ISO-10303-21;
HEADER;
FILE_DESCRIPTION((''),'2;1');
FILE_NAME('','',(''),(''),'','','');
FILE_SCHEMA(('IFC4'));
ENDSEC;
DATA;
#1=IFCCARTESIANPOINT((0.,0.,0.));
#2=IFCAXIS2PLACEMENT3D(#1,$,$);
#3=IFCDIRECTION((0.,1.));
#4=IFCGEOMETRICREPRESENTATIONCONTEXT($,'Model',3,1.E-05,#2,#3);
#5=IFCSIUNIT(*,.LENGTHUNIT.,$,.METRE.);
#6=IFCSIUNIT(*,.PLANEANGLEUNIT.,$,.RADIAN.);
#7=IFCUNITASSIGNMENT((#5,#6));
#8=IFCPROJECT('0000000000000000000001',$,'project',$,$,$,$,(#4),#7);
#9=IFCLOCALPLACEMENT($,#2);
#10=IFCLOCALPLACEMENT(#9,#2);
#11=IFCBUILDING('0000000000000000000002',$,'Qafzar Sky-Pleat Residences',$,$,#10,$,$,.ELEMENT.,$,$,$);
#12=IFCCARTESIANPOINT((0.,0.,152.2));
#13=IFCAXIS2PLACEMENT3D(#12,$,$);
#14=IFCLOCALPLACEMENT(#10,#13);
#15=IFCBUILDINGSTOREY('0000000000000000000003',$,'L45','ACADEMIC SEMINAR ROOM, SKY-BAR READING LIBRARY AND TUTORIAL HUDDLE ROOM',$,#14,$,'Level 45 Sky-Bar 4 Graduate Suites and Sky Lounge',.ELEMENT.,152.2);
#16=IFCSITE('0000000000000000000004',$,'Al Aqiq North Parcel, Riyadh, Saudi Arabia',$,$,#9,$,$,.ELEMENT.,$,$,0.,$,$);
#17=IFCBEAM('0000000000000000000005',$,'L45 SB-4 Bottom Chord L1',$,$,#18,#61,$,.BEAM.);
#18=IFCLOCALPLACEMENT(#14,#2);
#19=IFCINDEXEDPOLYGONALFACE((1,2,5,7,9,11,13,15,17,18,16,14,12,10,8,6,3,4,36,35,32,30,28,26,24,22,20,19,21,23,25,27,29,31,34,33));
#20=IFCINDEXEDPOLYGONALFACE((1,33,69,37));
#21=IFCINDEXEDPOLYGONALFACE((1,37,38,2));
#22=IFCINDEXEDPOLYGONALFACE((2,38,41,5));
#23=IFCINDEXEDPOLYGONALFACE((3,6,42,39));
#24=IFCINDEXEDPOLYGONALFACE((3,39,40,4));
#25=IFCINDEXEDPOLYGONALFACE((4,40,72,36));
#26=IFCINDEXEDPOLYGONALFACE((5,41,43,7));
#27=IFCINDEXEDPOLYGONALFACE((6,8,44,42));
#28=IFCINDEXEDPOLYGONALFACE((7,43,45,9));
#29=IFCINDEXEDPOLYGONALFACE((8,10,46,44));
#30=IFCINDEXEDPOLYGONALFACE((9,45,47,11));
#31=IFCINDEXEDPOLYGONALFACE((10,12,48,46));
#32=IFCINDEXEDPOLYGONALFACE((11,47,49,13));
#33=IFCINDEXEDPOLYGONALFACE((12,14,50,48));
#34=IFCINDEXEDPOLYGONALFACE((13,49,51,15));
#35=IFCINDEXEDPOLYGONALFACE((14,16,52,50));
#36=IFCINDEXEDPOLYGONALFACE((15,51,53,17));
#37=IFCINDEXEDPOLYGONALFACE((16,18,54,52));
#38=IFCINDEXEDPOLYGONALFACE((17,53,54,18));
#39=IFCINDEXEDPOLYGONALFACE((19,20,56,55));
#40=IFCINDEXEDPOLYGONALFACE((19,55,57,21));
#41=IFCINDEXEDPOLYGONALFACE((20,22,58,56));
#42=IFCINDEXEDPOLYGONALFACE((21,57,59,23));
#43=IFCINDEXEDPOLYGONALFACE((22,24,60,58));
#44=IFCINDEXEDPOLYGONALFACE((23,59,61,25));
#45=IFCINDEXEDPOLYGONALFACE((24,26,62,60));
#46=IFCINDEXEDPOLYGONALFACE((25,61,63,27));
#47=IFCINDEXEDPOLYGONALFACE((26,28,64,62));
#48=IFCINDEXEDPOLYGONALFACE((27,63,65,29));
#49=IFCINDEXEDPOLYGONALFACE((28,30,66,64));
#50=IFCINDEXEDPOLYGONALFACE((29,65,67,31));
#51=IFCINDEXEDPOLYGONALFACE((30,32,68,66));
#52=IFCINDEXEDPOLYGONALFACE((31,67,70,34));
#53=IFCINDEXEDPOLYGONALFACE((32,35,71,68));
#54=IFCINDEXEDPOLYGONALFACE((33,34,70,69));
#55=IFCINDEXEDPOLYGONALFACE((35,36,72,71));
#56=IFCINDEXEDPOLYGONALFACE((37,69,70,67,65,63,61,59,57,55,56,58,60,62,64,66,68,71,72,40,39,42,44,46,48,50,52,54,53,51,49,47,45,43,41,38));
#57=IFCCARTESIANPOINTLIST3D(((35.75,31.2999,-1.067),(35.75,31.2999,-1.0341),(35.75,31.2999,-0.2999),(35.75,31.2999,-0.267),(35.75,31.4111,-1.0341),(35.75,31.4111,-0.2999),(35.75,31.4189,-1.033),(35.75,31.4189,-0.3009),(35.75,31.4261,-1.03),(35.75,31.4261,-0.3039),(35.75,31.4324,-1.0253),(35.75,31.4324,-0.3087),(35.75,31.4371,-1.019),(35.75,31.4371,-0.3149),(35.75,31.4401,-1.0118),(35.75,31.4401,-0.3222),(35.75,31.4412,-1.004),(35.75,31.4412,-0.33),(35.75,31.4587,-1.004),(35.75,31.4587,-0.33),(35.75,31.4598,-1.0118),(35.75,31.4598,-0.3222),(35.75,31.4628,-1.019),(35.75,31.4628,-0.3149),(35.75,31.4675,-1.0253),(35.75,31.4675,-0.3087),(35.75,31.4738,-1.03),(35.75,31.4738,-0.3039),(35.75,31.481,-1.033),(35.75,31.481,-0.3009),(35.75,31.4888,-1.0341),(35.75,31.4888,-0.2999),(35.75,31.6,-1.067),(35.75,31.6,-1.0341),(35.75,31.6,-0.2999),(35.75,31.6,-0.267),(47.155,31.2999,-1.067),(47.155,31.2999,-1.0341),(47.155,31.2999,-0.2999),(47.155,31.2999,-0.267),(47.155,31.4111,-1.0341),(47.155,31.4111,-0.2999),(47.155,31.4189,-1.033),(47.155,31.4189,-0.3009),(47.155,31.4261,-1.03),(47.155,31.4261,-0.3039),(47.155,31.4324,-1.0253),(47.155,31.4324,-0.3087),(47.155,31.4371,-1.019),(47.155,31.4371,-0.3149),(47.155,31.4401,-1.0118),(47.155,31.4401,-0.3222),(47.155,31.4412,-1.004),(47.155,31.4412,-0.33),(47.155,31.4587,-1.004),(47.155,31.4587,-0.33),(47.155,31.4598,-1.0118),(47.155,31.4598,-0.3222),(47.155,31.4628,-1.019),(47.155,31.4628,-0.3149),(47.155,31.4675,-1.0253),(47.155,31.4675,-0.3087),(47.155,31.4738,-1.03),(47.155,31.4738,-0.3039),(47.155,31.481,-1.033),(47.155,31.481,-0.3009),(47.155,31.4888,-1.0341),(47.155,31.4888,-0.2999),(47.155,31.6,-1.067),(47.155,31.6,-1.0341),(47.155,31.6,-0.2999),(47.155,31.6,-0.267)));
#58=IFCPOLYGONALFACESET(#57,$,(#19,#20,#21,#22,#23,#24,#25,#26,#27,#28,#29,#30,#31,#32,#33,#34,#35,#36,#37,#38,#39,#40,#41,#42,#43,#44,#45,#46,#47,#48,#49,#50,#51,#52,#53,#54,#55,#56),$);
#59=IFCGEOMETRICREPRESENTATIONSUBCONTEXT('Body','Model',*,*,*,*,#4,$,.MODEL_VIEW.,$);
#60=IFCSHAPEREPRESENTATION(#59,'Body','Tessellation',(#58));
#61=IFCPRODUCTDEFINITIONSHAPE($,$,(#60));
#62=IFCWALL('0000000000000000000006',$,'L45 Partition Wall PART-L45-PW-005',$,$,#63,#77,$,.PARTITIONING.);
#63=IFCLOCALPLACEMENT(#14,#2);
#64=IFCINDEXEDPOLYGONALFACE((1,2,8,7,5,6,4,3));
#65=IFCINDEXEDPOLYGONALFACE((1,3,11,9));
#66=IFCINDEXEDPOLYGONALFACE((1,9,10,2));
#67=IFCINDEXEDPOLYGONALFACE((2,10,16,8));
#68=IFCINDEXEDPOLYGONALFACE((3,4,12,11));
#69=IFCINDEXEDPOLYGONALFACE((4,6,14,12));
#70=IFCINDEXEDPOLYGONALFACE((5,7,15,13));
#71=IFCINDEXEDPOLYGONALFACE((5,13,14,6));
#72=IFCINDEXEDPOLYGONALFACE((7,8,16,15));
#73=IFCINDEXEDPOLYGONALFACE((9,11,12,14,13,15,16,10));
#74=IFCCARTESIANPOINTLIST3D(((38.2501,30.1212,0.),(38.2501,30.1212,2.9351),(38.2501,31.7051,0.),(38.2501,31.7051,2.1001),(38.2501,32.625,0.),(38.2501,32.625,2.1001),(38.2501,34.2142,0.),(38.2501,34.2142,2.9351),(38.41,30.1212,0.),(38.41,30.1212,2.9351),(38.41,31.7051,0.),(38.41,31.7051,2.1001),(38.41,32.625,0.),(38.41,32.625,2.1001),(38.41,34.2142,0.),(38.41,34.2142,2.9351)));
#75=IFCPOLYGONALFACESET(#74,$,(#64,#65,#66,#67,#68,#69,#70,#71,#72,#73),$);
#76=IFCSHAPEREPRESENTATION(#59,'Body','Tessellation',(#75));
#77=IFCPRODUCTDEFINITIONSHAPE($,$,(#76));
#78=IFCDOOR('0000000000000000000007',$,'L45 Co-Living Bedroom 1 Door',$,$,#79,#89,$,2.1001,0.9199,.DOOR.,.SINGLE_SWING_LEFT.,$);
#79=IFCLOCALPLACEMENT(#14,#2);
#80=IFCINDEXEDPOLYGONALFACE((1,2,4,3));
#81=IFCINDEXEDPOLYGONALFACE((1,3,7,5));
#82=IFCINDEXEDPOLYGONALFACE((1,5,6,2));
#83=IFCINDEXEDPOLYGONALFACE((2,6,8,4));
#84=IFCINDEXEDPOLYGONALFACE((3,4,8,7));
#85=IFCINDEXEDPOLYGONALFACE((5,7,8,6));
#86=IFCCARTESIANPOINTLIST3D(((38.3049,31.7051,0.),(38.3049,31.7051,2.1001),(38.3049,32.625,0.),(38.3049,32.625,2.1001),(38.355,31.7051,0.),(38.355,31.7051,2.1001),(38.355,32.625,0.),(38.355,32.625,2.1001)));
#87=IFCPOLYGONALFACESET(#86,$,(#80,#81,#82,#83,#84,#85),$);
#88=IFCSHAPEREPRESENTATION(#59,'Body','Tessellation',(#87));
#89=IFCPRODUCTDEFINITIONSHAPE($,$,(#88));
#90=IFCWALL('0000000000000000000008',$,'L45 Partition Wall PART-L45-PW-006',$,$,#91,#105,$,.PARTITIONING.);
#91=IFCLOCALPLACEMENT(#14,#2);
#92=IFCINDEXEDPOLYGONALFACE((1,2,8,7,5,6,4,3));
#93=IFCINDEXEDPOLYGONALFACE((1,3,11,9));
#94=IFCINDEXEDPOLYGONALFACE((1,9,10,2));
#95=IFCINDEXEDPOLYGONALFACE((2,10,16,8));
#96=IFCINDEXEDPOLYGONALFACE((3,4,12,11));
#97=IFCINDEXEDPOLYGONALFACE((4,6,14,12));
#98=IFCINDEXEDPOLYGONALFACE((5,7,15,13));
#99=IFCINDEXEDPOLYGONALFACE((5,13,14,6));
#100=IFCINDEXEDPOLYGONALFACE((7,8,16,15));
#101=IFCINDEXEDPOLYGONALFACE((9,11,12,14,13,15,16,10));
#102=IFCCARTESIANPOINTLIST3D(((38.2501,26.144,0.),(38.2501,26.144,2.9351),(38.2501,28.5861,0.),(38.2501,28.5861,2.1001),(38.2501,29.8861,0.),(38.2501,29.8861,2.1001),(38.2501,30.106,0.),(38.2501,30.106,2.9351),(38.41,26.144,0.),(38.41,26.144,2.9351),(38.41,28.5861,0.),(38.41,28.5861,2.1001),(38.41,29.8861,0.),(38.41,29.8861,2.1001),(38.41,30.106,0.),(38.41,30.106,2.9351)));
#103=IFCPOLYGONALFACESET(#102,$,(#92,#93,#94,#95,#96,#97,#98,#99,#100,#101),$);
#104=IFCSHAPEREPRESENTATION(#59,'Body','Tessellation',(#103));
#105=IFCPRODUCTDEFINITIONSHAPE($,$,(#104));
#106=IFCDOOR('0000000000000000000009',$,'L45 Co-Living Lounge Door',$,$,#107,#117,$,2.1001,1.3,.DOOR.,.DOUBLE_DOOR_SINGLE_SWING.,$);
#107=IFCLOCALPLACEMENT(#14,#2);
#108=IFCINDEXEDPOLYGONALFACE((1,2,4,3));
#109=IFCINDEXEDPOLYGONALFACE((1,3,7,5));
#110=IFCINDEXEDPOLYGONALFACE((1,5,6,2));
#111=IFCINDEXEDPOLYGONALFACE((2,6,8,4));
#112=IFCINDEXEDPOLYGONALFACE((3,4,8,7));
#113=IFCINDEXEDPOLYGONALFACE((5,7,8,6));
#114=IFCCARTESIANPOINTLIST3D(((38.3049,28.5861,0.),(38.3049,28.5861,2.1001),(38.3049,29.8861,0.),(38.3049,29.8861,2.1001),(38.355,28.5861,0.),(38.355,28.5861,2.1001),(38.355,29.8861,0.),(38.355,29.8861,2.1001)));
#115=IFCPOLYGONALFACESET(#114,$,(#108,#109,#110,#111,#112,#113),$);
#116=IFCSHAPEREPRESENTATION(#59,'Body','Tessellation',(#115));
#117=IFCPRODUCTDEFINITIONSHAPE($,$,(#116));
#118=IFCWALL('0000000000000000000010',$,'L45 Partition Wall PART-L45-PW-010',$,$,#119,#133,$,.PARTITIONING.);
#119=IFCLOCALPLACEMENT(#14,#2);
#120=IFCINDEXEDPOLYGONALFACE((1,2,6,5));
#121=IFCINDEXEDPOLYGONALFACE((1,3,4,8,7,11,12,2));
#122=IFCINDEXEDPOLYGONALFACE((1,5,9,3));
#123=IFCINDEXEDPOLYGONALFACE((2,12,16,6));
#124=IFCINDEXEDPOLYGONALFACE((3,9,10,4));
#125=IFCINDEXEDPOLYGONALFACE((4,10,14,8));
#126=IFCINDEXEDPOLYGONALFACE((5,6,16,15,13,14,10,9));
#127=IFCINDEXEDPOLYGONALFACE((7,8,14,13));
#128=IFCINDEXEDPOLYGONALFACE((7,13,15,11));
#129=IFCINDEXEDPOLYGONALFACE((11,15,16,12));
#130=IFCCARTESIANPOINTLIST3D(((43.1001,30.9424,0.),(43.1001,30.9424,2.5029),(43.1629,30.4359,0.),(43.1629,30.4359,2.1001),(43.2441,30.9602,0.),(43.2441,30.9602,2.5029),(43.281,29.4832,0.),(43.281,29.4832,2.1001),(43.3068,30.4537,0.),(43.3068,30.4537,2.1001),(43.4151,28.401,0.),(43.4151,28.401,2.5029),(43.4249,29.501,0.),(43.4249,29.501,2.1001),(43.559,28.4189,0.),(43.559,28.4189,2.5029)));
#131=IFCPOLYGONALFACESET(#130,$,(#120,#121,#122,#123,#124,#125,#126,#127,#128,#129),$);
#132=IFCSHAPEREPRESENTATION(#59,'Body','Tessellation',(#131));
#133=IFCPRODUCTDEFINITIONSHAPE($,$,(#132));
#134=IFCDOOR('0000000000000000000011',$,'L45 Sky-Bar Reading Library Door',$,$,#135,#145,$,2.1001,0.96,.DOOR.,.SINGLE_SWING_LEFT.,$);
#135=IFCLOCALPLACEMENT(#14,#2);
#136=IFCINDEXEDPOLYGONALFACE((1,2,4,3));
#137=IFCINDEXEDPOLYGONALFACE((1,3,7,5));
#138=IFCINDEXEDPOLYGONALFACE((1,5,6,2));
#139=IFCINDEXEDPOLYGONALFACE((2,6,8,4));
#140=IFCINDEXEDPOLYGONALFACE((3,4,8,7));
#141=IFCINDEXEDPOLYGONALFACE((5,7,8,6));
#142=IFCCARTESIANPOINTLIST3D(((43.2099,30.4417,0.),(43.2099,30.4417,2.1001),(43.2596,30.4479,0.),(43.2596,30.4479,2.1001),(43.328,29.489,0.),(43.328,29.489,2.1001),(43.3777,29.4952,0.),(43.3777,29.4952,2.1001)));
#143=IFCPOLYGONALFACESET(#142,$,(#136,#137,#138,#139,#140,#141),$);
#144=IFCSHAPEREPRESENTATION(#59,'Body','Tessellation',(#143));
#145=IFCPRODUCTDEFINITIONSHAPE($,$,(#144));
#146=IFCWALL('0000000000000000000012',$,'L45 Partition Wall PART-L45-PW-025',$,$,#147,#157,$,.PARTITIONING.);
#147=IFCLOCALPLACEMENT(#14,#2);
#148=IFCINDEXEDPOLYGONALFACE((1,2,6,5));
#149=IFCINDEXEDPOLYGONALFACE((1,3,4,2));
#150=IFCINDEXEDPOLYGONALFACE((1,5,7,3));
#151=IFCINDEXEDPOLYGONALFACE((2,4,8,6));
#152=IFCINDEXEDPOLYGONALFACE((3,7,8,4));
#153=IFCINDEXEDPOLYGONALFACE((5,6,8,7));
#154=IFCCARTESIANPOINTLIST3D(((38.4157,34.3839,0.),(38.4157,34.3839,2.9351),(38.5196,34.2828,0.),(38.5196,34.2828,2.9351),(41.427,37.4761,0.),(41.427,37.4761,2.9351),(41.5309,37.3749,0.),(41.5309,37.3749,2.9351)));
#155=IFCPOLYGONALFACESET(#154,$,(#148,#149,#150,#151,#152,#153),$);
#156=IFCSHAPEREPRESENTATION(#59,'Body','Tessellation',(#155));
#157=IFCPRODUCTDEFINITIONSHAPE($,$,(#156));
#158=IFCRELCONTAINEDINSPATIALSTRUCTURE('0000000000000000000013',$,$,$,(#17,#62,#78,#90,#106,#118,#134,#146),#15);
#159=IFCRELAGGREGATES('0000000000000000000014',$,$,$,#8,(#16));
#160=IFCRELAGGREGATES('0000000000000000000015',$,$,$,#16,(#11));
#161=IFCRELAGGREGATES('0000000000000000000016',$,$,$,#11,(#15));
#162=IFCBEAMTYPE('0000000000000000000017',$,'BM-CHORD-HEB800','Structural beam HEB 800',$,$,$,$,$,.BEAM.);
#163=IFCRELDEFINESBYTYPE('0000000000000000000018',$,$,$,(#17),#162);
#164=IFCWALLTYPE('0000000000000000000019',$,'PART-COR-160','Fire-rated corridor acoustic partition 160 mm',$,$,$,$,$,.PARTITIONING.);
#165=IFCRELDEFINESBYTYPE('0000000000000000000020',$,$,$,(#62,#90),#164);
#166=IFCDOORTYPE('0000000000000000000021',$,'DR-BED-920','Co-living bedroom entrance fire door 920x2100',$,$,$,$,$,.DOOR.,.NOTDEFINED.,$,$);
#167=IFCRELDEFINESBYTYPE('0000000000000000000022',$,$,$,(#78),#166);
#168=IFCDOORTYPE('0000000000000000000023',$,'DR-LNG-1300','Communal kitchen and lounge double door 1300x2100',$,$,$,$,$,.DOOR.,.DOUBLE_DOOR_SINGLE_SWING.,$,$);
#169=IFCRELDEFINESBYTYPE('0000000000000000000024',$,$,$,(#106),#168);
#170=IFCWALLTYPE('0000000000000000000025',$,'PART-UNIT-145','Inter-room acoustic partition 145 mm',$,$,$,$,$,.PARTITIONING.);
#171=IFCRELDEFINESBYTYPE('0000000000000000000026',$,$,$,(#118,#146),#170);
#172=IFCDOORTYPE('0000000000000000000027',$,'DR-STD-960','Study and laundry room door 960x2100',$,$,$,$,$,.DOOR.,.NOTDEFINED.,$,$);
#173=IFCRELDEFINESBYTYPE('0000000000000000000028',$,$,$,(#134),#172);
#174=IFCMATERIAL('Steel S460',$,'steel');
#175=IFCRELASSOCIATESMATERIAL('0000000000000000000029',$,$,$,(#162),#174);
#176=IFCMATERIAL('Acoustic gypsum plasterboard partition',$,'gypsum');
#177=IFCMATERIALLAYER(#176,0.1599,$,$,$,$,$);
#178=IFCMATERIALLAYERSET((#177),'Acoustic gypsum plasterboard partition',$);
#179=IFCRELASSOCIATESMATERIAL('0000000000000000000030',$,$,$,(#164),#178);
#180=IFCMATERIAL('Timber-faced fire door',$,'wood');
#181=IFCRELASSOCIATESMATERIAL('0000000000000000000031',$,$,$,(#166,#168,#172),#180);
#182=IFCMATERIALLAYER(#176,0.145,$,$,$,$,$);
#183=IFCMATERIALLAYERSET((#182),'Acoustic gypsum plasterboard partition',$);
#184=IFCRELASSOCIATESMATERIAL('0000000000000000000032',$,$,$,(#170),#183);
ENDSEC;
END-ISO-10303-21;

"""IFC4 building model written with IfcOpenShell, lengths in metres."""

from ifc_helpers import new_model, si_unit, direction, frame, frame_2d, origin, origin_2d, place, context, subcontext, project, spatial, rectangle, i_section, extrude, source, transform, mapped, material, layer, layer_set, material_profile, profile_set, type_object, element, fill, save


model = new_model("IFC4")

# Units and contexts
model_context = context("Model", 3, precision=1e-05, world=origin(), true_north=direction((0.0, 1.0)))
body_context = subcontext(model_context, "Body", "Model", "MODEL_VIEW")
ifc_project = project(units=[si_unit("LENGTHUNIT", "METRE"), si_unit("PLANEANGLEUNIT", "RADIAN")], contexts=[model_context])

# Site, building, storey
site_placement = place(None, origin())
site = spatial("IfcSite", under=ifc_project, at=site_placement, Name="Al Aqiq North Parcel, Riyadh, Saudi Arabia", CompositionType="ELEMENT", RefElevation=0.0)
building_placement = place(site_placement, origin())
building = spatial("IfcBuilding", under=site, at=building_placement, Name="Qafzar Sky-Pleat Residences", CompositionType="ELEMENT")
storey_placement = place(building_placement, frame((0.0, 0.0, 152.2)))
storey = spatial("IfcBuildingStorey", under=building, at=storey_placement, Name="L45", Description="ACADEMIC SEMINAR ROOM, SKY-BAR READING LIBRARY AND TUTORIAL HUDDLE ROOM", LongName="Level 45 Sky-Bar 4 Graduate Suites and Sky Lounge", CompositionType="ELEMENT", Elevation=152.2)

# Beam
ifc_material_1 = material(Name="Steel S460", Category="steel")
ifc_material_profile_1 = material_profile(ifc_material_1, i_section(OverallWidth=0.3, OverallDepth=0.8, WebThickness=0.0176, FlangeThickness=0.033, FilletRadius=0.03, at=origin_2d()), Name="HEB 800")
ifc_profile_set_1 = profile_set([ifc_material_profile_1], Name="Steel S460")
beam_type_1 = type_object("IfcBeamType", Name="BM-CHORD-HEB800", Description="Structural beam HEB 800", PredefinedType="BEAM", material=ifc_profile_set_1)
shared_shape_1 = source(origin(), body_context, "Body", "SweptSolid", [
    extrude(i_section(OverallWidth=0.3, OverallDepth=0.8, WebThickness=0.0176, FlangeThickness=0.033, FilletRadius=0.03, at=origin_2d()), origin(), (0.0, 0.0, 1.0), 11.405),
])
for number, where, z_axis, x_axis, name in (
    (1, (35.75, 31.45, -0.667), (1.0, 0.0, 0.0), (0.0, 1.0, 0.0), "L45 SB-4 Bottom Chord L1"),
):
    element("IfcBeam", number, at=place(storey_placement, frame(where, z_axis=z_axis, x_axis=x_axis)), inside=storey, type_object=beam_type_1, Name=name, PredefinedType="BEAM", context=body_context, shape_type="MappedRepresentation", body=[
        mapped(shared_shape_1, transform((0.0, 0.0, 0.0), x_axis=(1.0, 0.0, 0.0), y_axis=(0.0, 1.0, 0.0), z_axis=(0.0, 0.0, 1.0), scale=1.0)),
    ])

# Walls, openings, doors
ifc_material_2 = material(Name="Acoustic gypsum plasterboard partition", Category="gypsum")
ifc_layer_1 = layer(ifc_material_2, 0.1599)
ifc_layer_set_1 = layer_set([ifc_layer_1], Name="Acoustic gypsum plasterboard partition")
wall_type_1 = type_object("IfcWallType", Name="PART-COR-160", Description="Fire-rated corridor acoustic partition 160 mm", PredefinedType="PARTITIONING", material=ifc_layer_set_1)
wall_1_placement = place(storey_placement, frame((38.3301, 34.2141, 0.0), z_axis=(0.0, 0.0, 1.0), x_axis=(0.0, -1.0, 0.0)))
wall_1 = element("IfcWall", 2, at=wall_1_placement, inside=storey, type_object=wall_type_1, Name="L45 Partition Wall PART-L45-PW-005", PredefinedType="PARTITIONING", context=body_context, shape_type="SweptSolid", body=[
    extrude(rectangle(XDim=4.093, YDim=0.1599, at=frame_2d((2.0464, 0.0))), origin(), (0.0, 0.0, 1.0), 2.9351),
])
opening_1_placement = place(wall_1_placement, frame((1.5891, 0.0, 0.0)))
opening_1 = element("IfcOpeningElement", 3, at=opening_1_placement, cuts=wall_1, PredefinedType="OPENING", context=body_context, shape_type="SweptSolid", body=[
    extrude(rectangle(XDim=0.9199, YDim=2.1001, at=frame_2d((0.46, 1.05))), frame((0.0, 0.0898, 0.0), z_axis=(0.0, -1.0, 0.0), x_axis=(1.0, 0.0, 0.0)), (0.0, 0.0, 1.0), 0.1799),
])
ifc_material_3 = material(Name="Timber-faced fire door", Category="wood")
door_type_1 = type_object("IfcDoorType", Name="DR-BED-920", Description="Co-living bedroom entrance fire door 920x2100", OperationType="NOTDEFINED", PredefinedType="DOOR", material=ifc_material_3)
shared_shape_2 = source(origin(), body_context, "Body", "SweptSolid", [
    extrude(rectangle(XDim=0.9199, YDim=2.1001, at=frame_2d((0.46, 1.05))), frame((0.0, 0.0249, 0.0), z_axis=(0.0, -1.0, 0.0), x_axis=(1.0, 0.0, 0.0)), (0.0, 0.0, 1.0), 0.05),
])
door_1_placement = place(opening_1_placement, origin())
door_1 = element("IfcDoor", 4, at=door_1_placement, inside=storey, type_object=door_type_1, Name="L45 Co-Living Bedroom 1 Door", OperationType="SINGLE_SWING_LEFT", OverallHeight=2.1001, OverallWidth=0.9199, PredefinedType="DOOR", context=body_context, shape_type="MappedRepresentation", body=[
    mapped(shared_shape_2, transform((0.0, 0.0, 0.0), x_axis=(1.0, 0.0, 0.0), y_axis=(0.0, 1.0, 0.0), z_axis=(0.0, 0.0, 1.0), scale=1.0)),
])
fill(opening_1, door_1)
wall_2_placement = place(storey_placement, frame((38.3301, 30.106, 0.0), z_axis=(0.0, 0.0, 1.0), x_axis=(0.0, -1.0, 0.0)))
wall_2 = element("IfcWall", 5, at=wall_2_placement, inside=storey, type_object=wall_type_1, Name="L45 Partition Wall PART-L45-PW-006", PredefinedType="PARTITIONING", context=body_context, shape_type="SweptSolid", body=[
    extrude(rectangle(XDim=3.9619, YDim=0.1599, at=frame_2d((1.981, 0.0))), origin(), (0.0, 0.0, 1.0), 2.9351),
])
opening_2_placement = place(wall_2_placement, frame((0.22, 0.0, 0.0)))
opening_2 = element("IfcOpeningElement", 6, at=opening_2_placement, cuts=wall_2, PredefinedType="OPENING", context=body_context, shape_type="SweptSolid", body=[
    extrude(rectangle(XDim=1.3, YDim=2.1001, at=frame_2d((0.6499, 1.05))), frame((0.0, 0.0898, 0.0), z_axis=(0.0, -1.0, 0.0), x_axis=(1.0, 0.0, 0.0)), (0.0, 0.0, 1.0), 0.1799),
])
door_type_2 = type_object("IfcDoorType", Name="DR-LNG-1300", Description="Communal kitchen and lounge double door 1300x2100", OperationType="DOUBLE_DOOR_SINGLE_SWING", PredefinedType="DOOR", material=ifc_material_3)
shared_shape_3 = source(origin(), body_context, "Body", "SweptSolid", [
    extrude(rectangle(XDim=1.3, YDim=2.1001, at=frame_2d((0.6499, 1.05))), frame((0.0, 0.0249, 0.0), z_axis=(0.0, -1.0, 0.0), x_axis=(1.0, 0.0, 0.0)), (0.0, 0.0, 1.0), 0.05),
])
door_2_placement = place(opening_2_placement, origin())
door_2 = element("IfcDoor", 7, at=door_2_placement, inside=storey, type_object=door_type_2, Name="L45 Co-Living Lounge Door", OperationType="DOUBLE_DOOR_SINGLE_SWING", OverallHeight=2.1001, OverallWidth=1.3, PredefinedType="DOOR", context=body_context, shape_type="MappedRepresentation", body=[
    mapped(shared_shape_3, transform((0.0, 0.0, 0.0), x_axis=(1.0, 0.0, 0.0), y_axis=(0.0, 1.0, 0.0), z_axis=(0.0, 0.0, 1.0), scale=1.0)),
])
fill(opening_2, door_2)
ifc_layer_2 = layer(ifc_material_2, 0.145)
ifc_layer_set_2 = layer_set([ifc_layer_2], Name="Acoustic gypsum plasterboard partition")
wall_type_2 = type_object("IfcWallType", Name="PART-UNIT-145", Description="Inter-room acoustic partition 145 mm", PredefinedType="PARTITIONING", material=ifc_layer_set_2)
wall_3_placement = place(storey_placement, frame((43.1721, 30.9512, 0.0), z_axis=(0.0, 0.0, 1.0), x_axis=(0.12299, -0.992408, 0.0)))
wall_3 = element("IfcWall", 8, at=wall_3_placement, inside=storey, type_object=wall_type_2, Name="L45 Partition Wall PART-L45-PW-010", PredefinedType="PARTITIONING", context=body_context, shape_type="SweptSolid", body=[
    extrude(rectangle(XDim=2.5608, YDim=0.145, at=frame_2d((1.2803, 0.0))), origin(), (0.0, 0.0, 1.0), 2.5029),
])
opening_3_placement = place(wall_3_placement, frame((0.5103, 0.0, 0.0)))
opening_3 = element("IfcOpeningElement", 9, at=opening_3_placement, cuts=wall_3, PredefinedType="OPENING", context=body_context, shape_type="SweptSolid", body=[
    extrude(rectangle(XDim=0.96, YDim=2.1001, at=frame_2d((0.48, 1.05))), frame((0.0, 0.0825, 0.0), z_axis=(0.0, -1.0, 0.0), x_axis=(1.0, 0.0, 0.0)), (0.0, 0.0, 1.0), 0.165),
])
door_type_3 = type_object("IfcDoorType", Name="DR-STD-960", Description="Study and laundry room door 960x2100", OperationType="NOTDEFINED", PredefinedType="DOOR", material=ifc_material_3)
shared_shape_4 = source(origin(), body_context, "Body", "SweptSolid", [
    extrude(rectangle(XDim=0.96, YDim=2.1001, at=frame_2d((0.48, 1.05))), frame((0.0, 0.0249, 0.0), z_axis=(0.0, -1.0, 0.0), x_axis=(1.0, 0.0, 0.0)), (0.0, 0.0, 1.0), 0.05),
])
door_3_placement = place(opening_3_placement, origin())
door_3 = element("IfcDoor", 10, at=door_3_placement, inside=storey, type_object=door_type_3, Name="L45 Sky-Bar Reading Library Door", OperationType="SINGLE_SWING_LEFT", OverallHeight=2.1001, OverallWidth=0.96, PredefinedType="DOOR", context=body_context, shape_type="MappedRepresentation", body=[
    mapped(shared_shape_4, transform((0.0, 0.0, 0.0), x_axis=(1.0, 0.0, 0.0), y_axis=(0.0, 1.0, 0.0), z_axis=(0.0, 0.0, 1.0), scale=1.0)),
])
fill(opening_3, door_3)

# Wall
wall_4_placement = place(storey_placement, frame((38.4675, 34.3333, 0.0), z_axis=(0.0, 0.0, 1.0), x_axis=(0.697683, 0.716406, 0.0)))
element("IfcWall", 11, at=wall_4_placement, inside=storey, type_object=wall_type_2, Name="L45 Partition Wall PART-L45-PW-025", PredefinedType="PARTITIONING", context=body_context, shape_type="SweptSolid", body=[
    extrude(rectangle(XDim=4.3162, YDim=0.145, at=frame_2d((2.1582, 0.0))), origin(), (0.0, 0.0, 1.0), 2.9351),
])

save(model, "model.ifc")
